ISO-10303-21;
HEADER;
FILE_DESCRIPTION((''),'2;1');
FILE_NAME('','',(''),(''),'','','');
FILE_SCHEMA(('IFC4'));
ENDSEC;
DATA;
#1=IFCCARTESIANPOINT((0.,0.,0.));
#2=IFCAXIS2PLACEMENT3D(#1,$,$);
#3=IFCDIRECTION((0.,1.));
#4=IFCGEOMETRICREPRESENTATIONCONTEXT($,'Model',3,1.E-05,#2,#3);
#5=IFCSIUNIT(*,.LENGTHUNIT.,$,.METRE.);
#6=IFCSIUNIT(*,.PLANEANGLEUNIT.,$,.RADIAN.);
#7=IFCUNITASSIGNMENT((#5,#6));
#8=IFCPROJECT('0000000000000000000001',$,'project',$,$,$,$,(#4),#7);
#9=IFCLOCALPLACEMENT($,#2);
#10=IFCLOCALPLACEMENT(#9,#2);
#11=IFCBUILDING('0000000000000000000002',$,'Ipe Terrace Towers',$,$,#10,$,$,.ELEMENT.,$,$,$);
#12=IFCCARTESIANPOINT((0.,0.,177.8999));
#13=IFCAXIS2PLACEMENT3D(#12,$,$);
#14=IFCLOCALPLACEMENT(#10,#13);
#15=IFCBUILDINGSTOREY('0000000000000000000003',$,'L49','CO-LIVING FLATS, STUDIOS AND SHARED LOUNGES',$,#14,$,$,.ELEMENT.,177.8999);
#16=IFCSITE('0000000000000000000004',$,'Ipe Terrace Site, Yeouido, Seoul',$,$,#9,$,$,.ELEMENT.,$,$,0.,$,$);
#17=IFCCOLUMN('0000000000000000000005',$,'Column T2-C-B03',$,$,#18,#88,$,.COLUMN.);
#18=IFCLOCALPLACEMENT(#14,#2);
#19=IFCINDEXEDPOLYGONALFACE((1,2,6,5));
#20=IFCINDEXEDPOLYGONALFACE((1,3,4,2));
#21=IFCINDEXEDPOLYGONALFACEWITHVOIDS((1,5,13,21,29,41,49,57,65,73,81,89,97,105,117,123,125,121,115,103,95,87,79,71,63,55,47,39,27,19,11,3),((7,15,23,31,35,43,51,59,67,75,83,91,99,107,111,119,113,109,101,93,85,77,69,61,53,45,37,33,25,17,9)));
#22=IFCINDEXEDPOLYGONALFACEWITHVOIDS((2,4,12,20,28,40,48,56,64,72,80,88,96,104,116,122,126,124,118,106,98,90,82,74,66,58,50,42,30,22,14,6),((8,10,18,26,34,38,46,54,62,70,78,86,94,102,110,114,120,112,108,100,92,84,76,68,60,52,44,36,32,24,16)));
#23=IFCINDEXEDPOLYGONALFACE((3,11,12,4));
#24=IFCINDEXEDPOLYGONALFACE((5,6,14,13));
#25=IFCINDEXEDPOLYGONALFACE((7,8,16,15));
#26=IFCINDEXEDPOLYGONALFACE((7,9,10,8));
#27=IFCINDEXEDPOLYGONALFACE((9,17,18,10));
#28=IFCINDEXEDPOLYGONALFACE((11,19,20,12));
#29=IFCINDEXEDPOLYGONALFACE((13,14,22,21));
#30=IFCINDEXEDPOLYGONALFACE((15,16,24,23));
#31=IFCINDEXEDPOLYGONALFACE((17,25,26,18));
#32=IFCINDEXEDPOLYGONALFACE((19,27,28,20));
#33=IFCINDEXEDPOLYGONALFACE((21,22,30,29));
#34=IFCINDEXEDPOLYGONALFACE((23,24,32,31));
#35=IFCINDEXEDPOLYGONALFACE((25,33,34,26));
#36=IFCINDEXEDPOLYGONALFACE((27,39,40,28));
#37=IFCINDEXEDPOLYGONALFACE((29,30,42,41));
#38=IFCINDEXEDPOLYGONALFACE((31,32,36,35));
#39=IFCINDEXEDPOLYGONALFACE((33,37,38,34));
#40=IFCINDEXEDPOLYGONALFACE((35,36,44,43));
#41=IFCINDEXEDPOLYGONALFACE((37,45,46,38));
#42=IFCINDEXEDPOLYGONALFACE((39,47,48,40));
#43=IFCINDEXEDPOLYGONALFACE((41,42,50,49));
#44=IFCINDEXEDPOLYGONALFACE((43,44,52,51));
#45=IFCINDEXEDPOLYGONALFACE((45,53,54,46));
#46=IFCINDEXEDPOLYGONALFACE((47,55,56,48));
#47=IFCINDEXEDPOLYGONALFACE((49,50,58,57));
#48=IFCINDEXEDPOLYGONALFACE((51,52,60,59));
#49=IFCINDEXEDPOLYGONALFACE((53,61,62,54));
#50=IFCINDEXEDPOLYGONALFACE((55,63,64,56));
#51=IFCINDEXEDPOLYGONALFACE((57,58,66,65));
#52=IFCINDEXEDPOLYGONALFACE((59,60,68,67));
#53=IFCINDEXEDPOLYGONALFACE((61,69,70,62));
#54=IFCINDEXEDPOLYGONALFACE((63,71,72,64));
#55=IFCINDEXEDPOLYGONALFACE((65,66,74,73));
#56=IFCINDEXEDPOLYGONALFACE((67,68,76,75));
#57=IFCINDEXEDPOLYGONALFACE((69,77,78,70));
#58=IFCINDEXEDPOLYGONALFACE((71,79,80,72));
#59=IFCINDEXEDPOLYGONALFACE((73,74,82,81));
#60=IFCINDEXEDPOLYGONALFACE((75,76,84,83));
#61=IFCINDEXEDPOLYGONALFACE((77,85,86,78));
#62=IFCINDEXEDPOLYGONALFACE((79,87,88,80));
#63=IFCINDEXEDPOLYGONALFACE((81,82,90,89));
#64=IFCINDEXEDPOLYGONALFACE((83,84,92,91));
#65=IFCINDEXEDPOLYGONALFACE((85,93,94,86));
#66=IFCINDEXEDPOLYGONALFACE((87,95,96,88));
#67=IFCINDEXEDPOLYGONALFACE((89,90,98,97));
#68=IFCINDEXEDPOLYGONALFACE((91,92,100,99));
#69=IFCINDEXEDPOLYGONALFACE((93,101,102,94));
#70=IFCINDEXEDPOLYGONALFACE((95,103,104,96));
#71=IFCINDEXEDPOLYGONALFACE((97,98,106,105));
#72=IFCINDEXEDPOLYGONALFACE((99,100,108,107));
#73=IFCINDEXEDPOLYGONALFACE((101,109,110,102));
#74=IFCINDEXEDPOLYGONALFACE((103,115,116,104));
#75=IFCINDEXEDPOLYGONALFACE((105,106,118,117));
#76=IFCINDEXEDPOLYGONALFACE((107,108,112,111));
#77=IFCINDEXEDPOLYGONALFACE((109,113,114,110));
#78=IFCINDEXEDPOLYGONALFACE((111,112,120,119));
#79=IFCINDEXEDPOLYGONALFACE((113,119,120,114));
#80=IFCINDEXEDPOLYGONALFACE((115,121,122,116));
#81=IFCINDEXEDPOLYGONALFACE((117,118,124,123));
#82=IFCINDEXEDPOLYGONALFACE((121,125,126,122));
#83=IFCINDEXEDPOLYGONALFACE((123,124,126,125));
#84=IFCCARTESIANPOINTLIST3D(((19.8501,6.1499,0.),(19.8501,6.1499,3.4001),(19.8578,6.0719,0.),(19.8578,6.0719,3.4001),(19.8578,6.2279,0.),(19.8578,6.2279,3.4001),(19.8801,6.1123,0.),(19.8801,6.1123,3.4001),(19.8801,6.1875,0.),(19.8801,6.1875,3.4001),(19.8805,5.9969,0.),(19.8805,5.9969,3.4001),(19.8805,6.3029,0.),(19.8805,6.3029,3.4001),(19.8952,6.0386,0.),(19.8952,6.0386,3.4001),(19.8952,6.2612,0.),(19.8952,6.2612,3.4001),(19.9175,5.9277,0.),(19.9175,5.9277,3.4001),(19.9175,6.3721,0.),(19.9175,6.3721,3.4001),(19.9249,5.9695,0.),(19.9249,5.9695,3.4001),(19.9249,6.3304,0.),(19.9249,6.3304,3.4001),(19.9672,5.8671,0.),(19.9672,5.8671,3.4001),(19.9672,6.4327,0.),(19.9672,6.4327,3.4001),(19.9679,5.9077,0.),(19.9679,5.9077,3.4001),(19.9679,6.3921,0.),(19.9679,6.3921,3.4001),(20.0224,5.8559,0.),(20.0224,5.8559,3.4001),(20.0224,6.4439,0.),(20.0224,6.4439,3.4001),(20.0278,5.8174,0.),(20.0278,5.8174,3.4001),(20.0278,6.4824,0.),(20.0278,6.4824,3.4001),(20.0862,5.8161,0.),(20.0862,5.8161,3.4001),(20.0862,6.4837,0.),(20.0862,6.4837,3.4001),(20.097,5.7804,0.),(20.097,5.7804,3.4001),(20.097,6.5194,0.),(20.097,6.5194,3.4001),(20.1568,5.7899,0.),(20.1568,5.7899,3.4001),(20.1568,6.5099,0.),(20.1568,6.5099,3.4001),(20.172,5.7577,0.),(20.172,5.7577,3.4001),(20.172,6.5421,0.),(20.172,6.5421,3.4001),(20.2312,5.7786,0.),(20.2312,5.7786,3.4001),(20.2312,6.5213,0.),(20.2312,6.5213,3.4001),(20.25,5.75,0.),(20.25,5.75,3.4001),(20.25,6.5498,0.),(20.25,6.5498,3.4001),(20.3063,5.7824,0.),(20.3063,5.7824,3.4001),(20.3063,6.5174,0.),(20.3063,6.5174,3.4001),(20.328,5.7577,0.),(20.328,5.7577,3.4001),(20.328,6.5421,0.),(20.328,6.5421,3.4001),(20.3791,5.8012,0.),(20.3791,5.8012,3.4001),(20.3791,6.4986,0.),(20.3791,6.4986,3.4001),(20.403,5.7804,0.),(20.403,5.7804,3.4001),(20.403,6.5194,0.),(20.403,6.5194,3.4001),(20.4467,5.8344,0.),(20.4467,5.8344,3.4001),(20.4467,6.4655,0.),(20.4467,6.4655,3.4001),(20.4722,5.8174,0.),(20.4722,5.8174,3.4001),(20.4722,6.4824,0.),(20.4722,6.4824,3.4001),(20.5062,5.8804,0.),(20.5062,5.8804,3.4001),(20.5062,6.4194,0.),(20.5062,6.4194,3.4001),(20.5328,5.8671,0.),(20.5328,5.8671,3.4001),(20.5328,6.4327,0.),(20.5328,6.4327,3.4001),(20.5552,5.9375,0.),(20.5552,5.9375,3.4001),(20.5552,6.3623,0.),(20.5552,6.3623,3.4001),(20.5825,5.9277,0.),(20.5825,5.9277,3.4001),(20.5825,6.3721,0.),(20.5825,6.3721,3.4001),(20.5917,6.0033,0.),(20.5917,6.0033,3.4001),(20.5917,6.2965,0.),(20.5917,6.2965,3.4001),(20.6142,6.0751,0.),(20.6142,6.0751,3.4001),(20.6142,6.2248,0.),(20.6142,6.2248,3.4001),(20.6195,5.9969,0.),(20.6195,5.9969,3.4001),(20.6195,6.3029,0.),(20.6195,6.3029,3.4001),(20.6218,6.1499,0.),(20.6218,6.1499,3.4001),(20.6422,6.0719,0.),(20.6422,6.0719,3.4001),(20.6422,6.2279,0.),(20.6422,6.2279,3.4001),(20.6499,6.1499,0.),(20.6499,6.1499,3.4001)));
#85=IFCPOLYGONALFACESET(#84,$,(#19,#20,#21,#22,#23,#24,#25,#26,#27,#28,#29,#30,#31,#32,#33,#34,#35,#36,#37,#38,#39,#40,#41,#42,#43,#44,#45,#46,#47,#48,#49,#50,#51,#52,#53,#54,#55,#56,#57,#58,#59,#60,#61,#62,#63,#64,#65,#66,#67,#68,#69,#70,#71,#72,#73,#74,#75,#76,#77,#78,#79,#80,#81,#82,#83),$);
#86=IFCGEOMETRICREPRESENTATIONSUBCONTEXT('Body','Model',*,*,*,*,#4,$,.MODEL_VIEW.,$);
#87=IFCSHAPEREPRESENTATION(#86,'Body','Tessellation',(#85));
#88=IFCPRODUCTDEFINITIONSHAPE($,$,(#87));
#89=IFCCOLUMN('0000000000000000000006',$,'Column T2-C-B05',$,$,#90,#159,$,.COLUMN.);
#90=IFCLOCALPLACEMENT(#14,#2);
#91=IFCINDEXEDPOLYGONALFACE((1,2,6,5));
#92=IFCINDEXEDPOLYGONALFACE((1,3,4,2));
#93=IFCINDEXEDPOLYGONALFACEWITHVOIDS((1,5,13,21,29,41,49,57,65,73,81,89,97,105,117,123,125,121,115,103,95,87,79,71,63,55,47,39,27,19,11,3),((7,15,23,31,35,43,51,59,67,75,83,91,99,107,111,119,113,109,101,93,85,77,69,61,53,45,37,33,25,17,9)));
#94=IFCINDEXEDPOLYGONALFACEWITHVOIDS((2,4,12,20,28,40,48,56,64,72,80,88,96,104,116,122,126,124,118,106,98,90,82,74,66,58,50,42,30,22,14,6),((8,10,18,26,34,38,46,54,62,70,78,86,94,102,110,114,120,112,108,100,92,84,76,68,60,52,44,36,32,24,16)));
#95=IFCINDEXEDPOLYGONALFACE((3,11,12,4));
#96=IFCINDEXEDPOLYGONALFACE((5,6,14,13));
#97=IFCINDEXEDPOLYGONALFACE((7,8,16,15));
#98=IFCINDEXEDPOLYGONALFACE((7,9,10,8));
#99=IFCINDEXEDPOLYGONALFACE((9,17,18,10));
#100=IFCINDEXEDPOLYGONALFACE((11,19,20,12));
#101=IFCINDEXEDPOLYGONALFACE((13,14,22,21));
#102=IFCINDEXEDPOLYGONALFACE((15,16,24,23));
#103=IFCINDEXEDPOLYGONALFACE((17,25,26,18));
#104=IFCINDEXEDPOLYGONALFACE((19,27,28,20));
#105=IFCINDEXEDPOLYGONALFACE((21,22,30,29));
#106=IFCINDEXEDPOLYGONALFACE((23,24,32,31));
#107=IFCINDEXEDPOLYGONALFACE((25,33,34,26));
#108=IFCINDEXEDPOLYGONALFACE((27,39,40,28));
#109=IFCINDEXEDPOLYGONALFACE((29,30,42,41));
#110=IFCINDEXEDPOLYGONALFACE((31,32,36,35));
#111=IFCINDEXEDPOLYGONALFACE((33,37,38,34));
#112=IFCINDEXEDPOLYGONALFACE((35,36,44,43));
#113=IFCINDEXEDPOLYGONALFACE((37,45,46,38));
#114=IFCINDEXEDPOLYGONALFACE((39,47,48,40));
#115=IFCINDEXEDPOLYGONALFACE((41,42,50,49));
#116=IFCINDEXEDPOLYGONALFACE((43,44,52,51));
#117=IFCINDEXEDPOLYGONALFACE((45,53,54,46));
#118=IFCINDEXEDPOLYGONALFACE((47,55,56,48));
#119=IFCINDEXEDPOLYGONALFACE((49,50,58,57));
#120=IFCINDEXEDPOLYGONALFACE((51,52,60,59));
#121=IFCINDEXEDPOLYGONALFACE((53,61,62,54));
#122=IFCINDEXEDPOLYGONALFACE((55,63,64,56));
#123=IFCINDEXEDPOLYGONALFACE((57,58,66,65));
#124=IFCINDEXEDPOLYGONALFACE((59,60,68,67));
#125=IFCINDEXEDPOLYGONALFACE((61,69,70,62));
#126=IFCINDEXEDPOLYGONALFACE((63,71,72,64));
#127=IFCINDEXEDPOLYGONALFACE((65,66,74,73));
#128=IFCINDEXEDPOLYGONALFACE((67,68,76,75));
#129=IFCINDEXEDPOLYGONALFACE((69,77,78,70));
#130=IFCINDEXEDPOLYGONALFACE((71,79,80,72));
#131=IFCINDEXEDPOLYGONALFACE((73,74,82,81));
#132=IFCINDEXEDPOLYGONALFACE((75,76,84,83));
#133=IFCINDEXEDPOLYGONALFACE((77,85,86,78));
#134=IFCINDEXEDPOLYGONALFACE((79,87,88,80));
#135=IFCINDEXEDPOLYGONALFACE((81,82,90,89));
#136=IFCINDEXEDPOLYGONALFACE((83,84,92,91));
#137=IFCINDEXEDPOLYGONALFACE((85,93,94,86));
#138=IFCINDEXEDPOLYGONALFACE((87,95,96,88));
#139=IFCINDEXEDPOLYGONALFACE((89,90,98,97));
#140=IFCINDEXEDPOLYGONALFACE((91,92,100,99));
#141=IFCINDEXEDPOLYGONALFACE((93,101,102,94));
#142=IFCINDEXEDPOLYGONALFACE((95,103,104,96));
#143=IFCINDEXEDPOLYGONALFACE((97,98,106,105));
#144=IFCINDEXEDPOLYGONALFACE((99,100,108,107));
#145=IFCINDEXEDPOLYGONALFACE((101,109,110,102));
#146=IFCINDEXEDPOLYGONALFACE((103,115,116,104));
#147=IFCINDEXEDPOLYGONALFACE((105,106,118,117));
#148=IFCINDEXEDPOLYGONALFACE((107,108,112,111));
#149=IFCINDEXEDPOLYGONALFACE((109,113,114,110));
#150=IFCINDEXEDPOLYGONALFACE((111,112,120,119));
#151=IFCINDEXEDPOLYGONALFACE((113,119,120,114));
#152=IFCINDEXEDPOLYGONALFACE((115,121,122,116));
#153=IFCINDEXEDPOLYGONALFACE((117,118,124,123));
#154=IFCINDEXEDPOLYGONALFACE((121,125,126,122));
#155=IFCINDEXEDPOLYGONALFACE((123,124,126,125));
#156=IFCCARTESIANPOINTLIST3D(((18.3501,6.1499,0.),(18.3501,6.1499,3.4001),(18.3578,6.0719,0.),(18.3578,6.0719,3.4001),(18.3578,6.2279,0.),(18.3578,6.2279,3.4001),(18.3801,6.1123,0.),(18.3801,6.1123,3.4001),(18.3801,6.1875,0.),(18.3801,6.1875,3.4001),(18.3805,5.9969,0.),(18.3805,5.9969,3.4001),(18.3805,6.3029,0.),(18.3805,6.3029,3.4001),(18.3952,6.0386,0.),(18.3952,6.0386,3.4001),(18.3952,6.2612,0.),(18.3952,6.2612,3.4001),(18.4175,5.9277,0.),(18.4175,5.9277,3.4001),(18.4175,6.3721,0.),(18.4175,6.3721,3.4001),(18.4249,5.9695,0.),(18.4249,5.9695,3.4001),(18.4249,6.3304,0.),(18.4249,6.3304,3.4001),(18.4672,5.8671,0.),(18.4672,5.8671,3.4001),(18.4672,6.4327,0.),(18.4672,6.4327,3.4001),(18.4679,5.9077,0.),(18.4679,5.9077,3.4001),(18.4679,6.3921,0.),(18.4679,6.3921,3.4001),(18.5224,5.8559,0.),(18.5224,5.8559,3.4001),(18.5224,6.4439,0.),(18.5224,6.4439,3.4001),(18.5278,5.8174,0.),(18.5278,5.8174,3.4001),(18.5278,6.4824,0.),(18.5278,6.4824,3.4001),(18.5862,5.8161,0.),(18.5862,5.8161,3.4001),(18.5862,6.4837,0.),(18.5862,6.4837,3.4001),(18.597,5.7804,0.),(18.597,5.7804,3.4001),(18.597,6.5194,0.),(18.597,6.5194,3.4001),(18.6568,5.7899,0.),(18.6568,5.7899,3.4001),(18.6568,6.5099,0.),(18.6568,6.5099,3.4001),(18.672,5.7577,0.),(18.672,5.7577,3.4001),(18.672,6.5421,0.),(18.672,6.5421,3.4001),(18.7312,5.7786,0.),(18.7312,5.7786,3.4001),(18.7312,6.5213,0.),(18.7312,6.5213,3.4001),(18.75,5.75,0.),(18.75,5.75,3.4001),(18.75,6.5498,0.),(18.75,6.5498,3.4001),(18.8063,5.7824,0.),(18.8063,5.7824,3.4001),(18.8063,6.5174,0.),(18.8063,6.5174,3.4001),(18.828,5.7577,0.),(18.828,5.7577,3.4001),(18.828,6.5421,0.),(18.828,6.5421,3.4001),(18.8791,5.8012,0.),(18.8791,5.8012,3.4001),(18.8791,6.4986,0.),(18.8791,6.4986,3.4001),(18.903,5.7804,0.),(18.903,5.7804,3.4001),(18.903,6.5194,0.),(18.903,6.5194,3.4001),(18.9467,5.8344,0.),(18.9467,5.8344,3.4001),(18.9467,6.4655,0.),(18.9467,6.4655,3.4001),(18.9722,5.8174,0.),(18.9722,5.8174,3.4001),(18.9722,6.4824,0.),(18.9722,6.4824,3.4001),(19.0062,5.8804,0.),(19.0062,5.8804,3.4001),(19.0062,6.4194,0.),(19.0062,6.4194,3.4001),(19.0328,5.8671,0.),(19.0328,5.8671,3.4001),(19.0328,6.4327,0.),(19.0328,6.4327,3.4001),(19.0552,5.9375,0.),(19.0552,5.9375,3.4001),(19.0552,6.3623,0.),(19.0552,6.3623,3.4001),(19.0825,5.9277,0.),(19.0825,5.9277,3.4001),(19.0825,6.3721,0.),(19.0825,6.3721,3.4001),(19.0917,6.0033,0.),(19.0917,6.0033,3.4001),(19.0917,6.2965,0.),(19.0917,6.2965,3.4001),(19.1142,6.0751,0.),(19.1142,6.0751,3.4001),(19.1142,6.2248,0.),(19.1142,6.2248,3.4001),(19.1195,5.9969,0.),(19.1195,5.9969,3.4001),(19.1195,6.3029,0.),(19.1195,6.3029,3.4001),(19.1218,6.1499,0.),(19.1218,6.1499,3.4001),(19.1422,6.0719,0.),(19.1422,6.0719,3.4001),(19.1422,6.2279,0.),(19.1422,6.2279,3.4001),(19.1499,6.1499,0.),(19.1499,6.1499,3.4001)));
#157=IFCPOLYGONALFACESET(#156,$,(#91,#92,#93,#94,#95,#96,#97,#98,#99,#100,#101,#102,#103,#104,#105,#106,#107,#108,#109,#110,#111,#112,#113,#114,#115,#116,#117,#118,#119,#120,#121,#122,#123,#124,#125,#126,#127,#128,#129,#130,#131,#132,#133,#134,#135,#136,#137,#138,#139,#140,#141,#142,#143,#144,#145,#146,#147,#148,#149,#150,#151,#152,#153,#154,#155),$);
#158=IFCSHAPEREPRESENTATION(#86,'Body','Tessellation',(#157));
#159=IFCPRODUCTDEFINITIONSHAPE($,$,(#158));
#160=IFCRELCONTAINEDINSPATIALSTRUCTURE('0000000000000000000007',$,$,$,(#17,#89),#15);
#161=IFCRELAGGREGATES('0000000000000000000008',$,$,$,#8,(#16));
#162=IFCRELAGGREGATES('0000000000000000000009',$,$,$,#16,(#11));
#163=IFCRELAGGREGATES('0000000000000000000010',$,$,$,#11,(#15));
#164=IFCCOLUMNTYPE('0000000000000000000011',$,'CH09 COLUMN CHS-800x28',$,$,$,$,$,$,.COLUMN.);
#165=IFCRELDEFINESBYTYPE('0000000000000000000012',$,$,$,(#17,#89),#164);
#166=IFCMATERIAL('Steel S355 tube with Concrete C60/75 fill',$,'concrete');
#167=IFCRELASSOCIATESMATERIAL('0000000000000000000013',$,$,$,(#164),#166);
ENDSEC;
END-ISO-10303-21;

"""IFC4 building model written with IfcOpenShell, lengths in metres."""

from ifc_helpers import new_model, si_unit, direction, frame, origin, origin_2d, place, context, subcontext, project, spatial, hollow_circle, extrude, material, material_profile, profile_set, type_object, element, save


model = new_model("IFC4")

# Units and contexts
model_context = context("Model", 3, precision=1e-05, world=origin(), true_north=direction((0.0, 1.0)))
body_context = subcontext(model_context, "Body", "Model", "MODEL_VIEW")
ifc_project = project(units=[si_unit("LENGTHUNIT", "METRE"), si_unit("PLANEANGLEUNIT", "RADIAN")], contexts=[model_context])

# Site, building, storey
site_placement = place(None, origin())
site = spatial("IfcSite", under=ifc_project, at=site_placement, Name="Ipe Terrace Site, Yeouido, Seoul", CompositionType="ELEMENT", RefElevation=0.0)
building_placement = place(site_placement, origin())
building = spatial("IfcBuilding", under=site, at=building_placement, Name="Ipe Terrace Towers", CompositionType="ELEMENT")
storey_placement = place(building_placement, frame((0.0, 0.0, 177.8999)))
storey = spatial("IfcBuildingStorey", under=building, at=storey_placement, Name="L49", Description="CO-LIVING FLATS, STUDIOS AND SHARED LOUNGES", CompositionType="ELEMENT", Elevation=177.8999)

# Columns
ifc_material_1 = material(Name="Steel S355 tube with Concrete C60/75 fill", Category="concrete")
ifc_material_profile_1 = material_profile(ifc_material_1, hollow_circle(Radius=0.3999, WallThickness=0.0281, at=origin_2d()), Name="CHS-800x28")
ifc_profile_set_1 = profile_set([ifc_material_profile_1], Name="Steel S355 tube with Concrete C60/75 fill")
column_type_1 = type_object("IfcColumnType", Name="CH09 COLUMN CHS-800x28", PredefinedType="COLUMN", material=ifc_profile_set_1)
for number, where, z_axis, x_axis, name in (
    (1, (20.25, 6.1499, 0.0), (0.0, 0.0, 1.0), (1.0, 0.0, 0.0), "Column T2-C-B03"),
    (2, (18.75, 6.1499, 0.0), (0.0, 0.0, 1.0), (1.0, 0.0, 0.0), "Column T2-C-B05"),
):
    element("IfcColumn", number, at=place(storey_placement, frame(where, z_axis=z_axis, x_axis=x_axis)), inside=storey, type_object=column_type_1, Name=name, PredefinedType="COLUMN", context=body_context, shape_type="SweptSolid", body=[
        extrude(hollow_circle(Radius=0.3999, WallThickness=0.0281, at=origin_2d()), origin(), (0.0, 0.0, 1.0), 3.4001),
    ])

save(model, "model.ifc")
